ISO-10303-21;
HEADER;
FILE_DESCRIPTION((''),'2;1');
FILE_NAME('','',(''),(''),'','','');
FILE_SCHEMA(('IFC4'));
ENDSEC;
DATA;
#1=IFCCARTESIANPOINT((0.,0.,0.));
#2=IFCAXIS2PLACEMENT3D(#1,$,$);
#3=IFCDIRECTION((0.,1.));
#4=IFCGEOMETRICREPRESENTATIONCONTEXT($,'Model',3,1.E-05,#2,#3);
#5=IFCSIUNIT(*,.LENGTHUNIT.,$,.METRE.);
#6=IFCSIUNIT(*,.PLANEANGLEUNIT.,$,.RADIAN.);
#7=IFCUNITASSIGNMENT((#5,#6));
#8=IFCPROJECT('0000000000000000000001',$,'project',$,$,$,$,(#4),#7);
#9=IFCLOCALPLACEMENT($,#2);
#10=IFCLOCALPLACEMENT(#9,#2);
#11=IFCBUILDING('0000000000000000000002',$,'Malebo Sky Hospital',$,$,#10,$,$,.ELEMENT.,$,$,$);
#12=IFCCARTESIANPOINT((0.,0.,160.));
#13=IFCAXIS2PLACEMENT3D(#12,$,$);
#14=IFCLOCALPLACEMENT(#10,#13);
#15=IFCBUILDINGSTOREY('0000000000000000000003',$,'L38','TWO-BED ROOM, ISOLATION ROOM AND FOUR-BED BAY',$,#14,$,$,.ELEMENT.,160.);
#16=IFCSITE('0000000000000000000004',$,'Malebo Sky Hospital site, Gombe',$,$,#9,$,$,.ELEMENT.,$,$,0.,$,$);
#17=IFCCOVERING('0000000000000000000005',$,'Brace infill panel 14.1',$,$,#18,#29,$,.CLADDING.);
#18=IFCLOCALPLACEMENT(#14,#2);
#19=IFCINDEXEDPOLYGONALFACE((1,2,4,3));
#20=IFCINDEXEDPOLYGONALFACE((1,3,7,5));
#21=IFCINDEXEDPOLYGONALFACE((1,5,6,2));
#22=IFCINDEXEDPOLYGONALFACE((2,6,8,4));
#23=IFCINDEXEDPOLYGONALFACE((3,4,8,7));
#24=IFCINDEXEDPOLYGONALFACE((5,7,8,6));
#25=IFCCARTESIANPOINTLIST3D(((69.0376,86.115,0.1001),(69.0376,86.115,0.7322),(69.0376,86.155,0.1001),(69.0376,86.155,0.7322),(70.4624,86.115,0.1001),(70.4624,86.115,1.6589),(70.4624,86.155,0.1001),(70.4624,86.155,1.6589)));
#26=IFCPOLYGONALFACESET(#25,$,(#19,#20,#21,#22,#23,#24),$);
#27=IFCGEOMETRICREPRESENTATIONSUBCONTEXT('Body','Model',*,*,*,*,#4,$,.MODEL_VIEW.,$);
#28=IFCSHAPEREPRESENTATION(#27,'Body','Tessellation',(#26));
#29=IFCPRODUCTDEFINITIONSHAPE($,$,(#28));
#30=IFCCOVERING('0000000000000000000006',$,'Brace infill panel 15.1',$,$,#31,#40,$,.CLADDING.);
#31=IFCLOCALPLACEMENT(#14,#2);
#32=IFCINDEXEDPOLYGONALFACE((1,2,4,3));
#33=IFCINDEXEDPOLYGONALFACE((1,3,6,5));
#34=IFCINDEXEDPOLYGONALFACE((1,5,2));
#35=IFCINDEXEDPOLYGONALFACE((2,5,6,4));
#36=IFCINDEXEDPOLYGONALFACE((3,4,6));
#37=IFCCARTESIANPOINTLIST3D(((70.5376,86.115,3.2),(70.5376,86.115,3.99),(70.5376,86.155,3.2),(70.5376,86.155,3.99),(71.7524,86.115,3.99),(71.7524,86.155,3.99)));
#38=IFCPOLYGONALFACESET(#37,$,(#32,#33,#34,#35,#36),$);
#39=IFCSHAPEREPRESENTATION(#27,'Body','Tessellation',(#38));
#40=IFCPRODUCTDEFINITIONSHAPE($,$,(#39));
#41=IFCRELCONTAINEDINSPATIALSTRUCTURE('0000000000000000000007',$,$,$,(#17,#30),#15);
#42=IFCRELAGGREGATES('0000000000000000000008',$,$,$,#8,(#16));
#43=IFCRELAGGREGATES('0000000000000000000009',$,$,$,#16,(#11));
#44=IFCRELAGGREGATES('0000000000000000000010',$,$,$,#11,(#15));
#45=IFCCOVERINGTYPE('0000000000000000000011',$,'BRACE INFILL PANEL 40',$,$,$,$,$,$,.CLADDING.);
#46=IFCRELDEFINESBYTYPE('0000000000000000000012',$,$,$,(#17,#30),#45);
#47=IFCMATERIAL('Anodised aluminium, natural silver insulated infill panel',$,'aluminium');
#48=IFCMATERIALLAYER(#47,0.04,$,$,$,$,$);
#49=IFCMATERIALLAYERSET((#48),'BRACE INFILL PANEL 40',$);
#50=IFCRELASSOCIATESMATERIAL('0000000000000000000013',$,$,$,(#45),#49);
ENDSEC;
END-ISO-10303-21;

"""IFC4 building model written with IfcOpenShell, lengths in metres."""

from ifc_helpers import new_model, si_unit, direction, frame, origin, place, context, subcontext, project, spatial, polyline, outline, extrude, material, layer, layer_set, type_object, element, save


model = new_model("IFC4")

# Units and contexts
model_context = context("Model", 3, precision=1e-05, world=origin(), true_north=direction((0.0, 1.0)))
body_context = subcontext(model_context, "Body", "Model", "MODEL_VIEW")
ifc_project = project(units=[si_unit("LENGTHUNIT", "METRE"), si_unit("PLANEANGLEUNIT", "RADIAN")], contexts=[model_context])

# Site, building, storey
site_placement = place(None, origin())
site = spatial("IfcSite", under=ifc_project, at=site_placement, Name="Malebo Sky Hospital site, Gombe", CompositionType="ELEMENT", RefElevation=0.0)
building_placement = place(site_placement, origin())
building = spatial("IfcBuilding", under=site, at=building_placement, Name="Malebo Sky Hospital", CompositionType="ELEMENT")
storey_placement = place(building_placement, frame((0.0, 0.0, 160.0)))
storey = spatial("IfcBuildingStorey", under=building, at=storey_placement, Name="L38", Description="TWO-BED ROOM, ISOLATION ROOM AND FOUR-BED BAY", CompositionType="ELEMENT", Elevation=160.0)

# Coverings
ifc_material_1 = material(Name="Anodised aluminium, natural silver insulated infill panel", Category="aluminium")
ifc_layer_1 = layer(ifc_material_1, 0.04)
ifc_layer_set_1 = layer_set([ifc_layer_1], Name="BRACE INFILL PANEL 40")
covering_type = type_object("IfcCoveringType", Name="BRACE INFILL PANEL 40", PredefinedType="CLADDING", material=ifc_layer_set_1)
covering_1_placement = place(storey_placement, frame((69.75, 86.135, 0.1001), z_axis=(0.0, 0.0, 1.0), x_axis=(1.0, 0.0, 0.0)))
element("IfcCovering", 1, at=covering_1_placement, inside=storey, type_object=covering_type, Name="Brace infill panel 14.1", PredefinedType="CLADDING", context=body_context, shape_type="SweptSolid", body=[
    extrude(outline(polyline([(-0.7124, 0.0), (0.7124, 0.0), (0.7124, 1.5588), (-0.7124, 0.6321), (-0.7124, 0.0)])), frame((0.0, 0.02, 0.0), z_axis=(0.0, -1.0, 0.0), x_axis=(1.0, 0.0, 0.0)), (0.0, 0.0, 1.0), 0.04),
])
covering_2_placement = place(storey_placement, frame((71.145, 86.135, 3.2), z_axis=(0.0, 0.0, 1.0), x_axis=(1.0, 0.0, 0.0)))
element("IfcCovering", 2, at=covering_2_placement, inside=storey, type_object=covering_type, Name="Brace infill panel 15.1", PredefinedType="CLADDING", context=body_context, shape_type="SweptSolid", body=[
    extrude(outline(polyline([(-0.6074, 0.0), (0.6074, 0.79), (-0.6074, 0.79), (-0.6074, 0.0)])), frame((0.0, 0.02, 0.0), z_axis=(0.0, -1.0, 0.0), x_axis=(1.0, 0.0, 0.0)), (0.0, 0.0, 1.0), 0.04),
])

save(model, "model.ifc")
